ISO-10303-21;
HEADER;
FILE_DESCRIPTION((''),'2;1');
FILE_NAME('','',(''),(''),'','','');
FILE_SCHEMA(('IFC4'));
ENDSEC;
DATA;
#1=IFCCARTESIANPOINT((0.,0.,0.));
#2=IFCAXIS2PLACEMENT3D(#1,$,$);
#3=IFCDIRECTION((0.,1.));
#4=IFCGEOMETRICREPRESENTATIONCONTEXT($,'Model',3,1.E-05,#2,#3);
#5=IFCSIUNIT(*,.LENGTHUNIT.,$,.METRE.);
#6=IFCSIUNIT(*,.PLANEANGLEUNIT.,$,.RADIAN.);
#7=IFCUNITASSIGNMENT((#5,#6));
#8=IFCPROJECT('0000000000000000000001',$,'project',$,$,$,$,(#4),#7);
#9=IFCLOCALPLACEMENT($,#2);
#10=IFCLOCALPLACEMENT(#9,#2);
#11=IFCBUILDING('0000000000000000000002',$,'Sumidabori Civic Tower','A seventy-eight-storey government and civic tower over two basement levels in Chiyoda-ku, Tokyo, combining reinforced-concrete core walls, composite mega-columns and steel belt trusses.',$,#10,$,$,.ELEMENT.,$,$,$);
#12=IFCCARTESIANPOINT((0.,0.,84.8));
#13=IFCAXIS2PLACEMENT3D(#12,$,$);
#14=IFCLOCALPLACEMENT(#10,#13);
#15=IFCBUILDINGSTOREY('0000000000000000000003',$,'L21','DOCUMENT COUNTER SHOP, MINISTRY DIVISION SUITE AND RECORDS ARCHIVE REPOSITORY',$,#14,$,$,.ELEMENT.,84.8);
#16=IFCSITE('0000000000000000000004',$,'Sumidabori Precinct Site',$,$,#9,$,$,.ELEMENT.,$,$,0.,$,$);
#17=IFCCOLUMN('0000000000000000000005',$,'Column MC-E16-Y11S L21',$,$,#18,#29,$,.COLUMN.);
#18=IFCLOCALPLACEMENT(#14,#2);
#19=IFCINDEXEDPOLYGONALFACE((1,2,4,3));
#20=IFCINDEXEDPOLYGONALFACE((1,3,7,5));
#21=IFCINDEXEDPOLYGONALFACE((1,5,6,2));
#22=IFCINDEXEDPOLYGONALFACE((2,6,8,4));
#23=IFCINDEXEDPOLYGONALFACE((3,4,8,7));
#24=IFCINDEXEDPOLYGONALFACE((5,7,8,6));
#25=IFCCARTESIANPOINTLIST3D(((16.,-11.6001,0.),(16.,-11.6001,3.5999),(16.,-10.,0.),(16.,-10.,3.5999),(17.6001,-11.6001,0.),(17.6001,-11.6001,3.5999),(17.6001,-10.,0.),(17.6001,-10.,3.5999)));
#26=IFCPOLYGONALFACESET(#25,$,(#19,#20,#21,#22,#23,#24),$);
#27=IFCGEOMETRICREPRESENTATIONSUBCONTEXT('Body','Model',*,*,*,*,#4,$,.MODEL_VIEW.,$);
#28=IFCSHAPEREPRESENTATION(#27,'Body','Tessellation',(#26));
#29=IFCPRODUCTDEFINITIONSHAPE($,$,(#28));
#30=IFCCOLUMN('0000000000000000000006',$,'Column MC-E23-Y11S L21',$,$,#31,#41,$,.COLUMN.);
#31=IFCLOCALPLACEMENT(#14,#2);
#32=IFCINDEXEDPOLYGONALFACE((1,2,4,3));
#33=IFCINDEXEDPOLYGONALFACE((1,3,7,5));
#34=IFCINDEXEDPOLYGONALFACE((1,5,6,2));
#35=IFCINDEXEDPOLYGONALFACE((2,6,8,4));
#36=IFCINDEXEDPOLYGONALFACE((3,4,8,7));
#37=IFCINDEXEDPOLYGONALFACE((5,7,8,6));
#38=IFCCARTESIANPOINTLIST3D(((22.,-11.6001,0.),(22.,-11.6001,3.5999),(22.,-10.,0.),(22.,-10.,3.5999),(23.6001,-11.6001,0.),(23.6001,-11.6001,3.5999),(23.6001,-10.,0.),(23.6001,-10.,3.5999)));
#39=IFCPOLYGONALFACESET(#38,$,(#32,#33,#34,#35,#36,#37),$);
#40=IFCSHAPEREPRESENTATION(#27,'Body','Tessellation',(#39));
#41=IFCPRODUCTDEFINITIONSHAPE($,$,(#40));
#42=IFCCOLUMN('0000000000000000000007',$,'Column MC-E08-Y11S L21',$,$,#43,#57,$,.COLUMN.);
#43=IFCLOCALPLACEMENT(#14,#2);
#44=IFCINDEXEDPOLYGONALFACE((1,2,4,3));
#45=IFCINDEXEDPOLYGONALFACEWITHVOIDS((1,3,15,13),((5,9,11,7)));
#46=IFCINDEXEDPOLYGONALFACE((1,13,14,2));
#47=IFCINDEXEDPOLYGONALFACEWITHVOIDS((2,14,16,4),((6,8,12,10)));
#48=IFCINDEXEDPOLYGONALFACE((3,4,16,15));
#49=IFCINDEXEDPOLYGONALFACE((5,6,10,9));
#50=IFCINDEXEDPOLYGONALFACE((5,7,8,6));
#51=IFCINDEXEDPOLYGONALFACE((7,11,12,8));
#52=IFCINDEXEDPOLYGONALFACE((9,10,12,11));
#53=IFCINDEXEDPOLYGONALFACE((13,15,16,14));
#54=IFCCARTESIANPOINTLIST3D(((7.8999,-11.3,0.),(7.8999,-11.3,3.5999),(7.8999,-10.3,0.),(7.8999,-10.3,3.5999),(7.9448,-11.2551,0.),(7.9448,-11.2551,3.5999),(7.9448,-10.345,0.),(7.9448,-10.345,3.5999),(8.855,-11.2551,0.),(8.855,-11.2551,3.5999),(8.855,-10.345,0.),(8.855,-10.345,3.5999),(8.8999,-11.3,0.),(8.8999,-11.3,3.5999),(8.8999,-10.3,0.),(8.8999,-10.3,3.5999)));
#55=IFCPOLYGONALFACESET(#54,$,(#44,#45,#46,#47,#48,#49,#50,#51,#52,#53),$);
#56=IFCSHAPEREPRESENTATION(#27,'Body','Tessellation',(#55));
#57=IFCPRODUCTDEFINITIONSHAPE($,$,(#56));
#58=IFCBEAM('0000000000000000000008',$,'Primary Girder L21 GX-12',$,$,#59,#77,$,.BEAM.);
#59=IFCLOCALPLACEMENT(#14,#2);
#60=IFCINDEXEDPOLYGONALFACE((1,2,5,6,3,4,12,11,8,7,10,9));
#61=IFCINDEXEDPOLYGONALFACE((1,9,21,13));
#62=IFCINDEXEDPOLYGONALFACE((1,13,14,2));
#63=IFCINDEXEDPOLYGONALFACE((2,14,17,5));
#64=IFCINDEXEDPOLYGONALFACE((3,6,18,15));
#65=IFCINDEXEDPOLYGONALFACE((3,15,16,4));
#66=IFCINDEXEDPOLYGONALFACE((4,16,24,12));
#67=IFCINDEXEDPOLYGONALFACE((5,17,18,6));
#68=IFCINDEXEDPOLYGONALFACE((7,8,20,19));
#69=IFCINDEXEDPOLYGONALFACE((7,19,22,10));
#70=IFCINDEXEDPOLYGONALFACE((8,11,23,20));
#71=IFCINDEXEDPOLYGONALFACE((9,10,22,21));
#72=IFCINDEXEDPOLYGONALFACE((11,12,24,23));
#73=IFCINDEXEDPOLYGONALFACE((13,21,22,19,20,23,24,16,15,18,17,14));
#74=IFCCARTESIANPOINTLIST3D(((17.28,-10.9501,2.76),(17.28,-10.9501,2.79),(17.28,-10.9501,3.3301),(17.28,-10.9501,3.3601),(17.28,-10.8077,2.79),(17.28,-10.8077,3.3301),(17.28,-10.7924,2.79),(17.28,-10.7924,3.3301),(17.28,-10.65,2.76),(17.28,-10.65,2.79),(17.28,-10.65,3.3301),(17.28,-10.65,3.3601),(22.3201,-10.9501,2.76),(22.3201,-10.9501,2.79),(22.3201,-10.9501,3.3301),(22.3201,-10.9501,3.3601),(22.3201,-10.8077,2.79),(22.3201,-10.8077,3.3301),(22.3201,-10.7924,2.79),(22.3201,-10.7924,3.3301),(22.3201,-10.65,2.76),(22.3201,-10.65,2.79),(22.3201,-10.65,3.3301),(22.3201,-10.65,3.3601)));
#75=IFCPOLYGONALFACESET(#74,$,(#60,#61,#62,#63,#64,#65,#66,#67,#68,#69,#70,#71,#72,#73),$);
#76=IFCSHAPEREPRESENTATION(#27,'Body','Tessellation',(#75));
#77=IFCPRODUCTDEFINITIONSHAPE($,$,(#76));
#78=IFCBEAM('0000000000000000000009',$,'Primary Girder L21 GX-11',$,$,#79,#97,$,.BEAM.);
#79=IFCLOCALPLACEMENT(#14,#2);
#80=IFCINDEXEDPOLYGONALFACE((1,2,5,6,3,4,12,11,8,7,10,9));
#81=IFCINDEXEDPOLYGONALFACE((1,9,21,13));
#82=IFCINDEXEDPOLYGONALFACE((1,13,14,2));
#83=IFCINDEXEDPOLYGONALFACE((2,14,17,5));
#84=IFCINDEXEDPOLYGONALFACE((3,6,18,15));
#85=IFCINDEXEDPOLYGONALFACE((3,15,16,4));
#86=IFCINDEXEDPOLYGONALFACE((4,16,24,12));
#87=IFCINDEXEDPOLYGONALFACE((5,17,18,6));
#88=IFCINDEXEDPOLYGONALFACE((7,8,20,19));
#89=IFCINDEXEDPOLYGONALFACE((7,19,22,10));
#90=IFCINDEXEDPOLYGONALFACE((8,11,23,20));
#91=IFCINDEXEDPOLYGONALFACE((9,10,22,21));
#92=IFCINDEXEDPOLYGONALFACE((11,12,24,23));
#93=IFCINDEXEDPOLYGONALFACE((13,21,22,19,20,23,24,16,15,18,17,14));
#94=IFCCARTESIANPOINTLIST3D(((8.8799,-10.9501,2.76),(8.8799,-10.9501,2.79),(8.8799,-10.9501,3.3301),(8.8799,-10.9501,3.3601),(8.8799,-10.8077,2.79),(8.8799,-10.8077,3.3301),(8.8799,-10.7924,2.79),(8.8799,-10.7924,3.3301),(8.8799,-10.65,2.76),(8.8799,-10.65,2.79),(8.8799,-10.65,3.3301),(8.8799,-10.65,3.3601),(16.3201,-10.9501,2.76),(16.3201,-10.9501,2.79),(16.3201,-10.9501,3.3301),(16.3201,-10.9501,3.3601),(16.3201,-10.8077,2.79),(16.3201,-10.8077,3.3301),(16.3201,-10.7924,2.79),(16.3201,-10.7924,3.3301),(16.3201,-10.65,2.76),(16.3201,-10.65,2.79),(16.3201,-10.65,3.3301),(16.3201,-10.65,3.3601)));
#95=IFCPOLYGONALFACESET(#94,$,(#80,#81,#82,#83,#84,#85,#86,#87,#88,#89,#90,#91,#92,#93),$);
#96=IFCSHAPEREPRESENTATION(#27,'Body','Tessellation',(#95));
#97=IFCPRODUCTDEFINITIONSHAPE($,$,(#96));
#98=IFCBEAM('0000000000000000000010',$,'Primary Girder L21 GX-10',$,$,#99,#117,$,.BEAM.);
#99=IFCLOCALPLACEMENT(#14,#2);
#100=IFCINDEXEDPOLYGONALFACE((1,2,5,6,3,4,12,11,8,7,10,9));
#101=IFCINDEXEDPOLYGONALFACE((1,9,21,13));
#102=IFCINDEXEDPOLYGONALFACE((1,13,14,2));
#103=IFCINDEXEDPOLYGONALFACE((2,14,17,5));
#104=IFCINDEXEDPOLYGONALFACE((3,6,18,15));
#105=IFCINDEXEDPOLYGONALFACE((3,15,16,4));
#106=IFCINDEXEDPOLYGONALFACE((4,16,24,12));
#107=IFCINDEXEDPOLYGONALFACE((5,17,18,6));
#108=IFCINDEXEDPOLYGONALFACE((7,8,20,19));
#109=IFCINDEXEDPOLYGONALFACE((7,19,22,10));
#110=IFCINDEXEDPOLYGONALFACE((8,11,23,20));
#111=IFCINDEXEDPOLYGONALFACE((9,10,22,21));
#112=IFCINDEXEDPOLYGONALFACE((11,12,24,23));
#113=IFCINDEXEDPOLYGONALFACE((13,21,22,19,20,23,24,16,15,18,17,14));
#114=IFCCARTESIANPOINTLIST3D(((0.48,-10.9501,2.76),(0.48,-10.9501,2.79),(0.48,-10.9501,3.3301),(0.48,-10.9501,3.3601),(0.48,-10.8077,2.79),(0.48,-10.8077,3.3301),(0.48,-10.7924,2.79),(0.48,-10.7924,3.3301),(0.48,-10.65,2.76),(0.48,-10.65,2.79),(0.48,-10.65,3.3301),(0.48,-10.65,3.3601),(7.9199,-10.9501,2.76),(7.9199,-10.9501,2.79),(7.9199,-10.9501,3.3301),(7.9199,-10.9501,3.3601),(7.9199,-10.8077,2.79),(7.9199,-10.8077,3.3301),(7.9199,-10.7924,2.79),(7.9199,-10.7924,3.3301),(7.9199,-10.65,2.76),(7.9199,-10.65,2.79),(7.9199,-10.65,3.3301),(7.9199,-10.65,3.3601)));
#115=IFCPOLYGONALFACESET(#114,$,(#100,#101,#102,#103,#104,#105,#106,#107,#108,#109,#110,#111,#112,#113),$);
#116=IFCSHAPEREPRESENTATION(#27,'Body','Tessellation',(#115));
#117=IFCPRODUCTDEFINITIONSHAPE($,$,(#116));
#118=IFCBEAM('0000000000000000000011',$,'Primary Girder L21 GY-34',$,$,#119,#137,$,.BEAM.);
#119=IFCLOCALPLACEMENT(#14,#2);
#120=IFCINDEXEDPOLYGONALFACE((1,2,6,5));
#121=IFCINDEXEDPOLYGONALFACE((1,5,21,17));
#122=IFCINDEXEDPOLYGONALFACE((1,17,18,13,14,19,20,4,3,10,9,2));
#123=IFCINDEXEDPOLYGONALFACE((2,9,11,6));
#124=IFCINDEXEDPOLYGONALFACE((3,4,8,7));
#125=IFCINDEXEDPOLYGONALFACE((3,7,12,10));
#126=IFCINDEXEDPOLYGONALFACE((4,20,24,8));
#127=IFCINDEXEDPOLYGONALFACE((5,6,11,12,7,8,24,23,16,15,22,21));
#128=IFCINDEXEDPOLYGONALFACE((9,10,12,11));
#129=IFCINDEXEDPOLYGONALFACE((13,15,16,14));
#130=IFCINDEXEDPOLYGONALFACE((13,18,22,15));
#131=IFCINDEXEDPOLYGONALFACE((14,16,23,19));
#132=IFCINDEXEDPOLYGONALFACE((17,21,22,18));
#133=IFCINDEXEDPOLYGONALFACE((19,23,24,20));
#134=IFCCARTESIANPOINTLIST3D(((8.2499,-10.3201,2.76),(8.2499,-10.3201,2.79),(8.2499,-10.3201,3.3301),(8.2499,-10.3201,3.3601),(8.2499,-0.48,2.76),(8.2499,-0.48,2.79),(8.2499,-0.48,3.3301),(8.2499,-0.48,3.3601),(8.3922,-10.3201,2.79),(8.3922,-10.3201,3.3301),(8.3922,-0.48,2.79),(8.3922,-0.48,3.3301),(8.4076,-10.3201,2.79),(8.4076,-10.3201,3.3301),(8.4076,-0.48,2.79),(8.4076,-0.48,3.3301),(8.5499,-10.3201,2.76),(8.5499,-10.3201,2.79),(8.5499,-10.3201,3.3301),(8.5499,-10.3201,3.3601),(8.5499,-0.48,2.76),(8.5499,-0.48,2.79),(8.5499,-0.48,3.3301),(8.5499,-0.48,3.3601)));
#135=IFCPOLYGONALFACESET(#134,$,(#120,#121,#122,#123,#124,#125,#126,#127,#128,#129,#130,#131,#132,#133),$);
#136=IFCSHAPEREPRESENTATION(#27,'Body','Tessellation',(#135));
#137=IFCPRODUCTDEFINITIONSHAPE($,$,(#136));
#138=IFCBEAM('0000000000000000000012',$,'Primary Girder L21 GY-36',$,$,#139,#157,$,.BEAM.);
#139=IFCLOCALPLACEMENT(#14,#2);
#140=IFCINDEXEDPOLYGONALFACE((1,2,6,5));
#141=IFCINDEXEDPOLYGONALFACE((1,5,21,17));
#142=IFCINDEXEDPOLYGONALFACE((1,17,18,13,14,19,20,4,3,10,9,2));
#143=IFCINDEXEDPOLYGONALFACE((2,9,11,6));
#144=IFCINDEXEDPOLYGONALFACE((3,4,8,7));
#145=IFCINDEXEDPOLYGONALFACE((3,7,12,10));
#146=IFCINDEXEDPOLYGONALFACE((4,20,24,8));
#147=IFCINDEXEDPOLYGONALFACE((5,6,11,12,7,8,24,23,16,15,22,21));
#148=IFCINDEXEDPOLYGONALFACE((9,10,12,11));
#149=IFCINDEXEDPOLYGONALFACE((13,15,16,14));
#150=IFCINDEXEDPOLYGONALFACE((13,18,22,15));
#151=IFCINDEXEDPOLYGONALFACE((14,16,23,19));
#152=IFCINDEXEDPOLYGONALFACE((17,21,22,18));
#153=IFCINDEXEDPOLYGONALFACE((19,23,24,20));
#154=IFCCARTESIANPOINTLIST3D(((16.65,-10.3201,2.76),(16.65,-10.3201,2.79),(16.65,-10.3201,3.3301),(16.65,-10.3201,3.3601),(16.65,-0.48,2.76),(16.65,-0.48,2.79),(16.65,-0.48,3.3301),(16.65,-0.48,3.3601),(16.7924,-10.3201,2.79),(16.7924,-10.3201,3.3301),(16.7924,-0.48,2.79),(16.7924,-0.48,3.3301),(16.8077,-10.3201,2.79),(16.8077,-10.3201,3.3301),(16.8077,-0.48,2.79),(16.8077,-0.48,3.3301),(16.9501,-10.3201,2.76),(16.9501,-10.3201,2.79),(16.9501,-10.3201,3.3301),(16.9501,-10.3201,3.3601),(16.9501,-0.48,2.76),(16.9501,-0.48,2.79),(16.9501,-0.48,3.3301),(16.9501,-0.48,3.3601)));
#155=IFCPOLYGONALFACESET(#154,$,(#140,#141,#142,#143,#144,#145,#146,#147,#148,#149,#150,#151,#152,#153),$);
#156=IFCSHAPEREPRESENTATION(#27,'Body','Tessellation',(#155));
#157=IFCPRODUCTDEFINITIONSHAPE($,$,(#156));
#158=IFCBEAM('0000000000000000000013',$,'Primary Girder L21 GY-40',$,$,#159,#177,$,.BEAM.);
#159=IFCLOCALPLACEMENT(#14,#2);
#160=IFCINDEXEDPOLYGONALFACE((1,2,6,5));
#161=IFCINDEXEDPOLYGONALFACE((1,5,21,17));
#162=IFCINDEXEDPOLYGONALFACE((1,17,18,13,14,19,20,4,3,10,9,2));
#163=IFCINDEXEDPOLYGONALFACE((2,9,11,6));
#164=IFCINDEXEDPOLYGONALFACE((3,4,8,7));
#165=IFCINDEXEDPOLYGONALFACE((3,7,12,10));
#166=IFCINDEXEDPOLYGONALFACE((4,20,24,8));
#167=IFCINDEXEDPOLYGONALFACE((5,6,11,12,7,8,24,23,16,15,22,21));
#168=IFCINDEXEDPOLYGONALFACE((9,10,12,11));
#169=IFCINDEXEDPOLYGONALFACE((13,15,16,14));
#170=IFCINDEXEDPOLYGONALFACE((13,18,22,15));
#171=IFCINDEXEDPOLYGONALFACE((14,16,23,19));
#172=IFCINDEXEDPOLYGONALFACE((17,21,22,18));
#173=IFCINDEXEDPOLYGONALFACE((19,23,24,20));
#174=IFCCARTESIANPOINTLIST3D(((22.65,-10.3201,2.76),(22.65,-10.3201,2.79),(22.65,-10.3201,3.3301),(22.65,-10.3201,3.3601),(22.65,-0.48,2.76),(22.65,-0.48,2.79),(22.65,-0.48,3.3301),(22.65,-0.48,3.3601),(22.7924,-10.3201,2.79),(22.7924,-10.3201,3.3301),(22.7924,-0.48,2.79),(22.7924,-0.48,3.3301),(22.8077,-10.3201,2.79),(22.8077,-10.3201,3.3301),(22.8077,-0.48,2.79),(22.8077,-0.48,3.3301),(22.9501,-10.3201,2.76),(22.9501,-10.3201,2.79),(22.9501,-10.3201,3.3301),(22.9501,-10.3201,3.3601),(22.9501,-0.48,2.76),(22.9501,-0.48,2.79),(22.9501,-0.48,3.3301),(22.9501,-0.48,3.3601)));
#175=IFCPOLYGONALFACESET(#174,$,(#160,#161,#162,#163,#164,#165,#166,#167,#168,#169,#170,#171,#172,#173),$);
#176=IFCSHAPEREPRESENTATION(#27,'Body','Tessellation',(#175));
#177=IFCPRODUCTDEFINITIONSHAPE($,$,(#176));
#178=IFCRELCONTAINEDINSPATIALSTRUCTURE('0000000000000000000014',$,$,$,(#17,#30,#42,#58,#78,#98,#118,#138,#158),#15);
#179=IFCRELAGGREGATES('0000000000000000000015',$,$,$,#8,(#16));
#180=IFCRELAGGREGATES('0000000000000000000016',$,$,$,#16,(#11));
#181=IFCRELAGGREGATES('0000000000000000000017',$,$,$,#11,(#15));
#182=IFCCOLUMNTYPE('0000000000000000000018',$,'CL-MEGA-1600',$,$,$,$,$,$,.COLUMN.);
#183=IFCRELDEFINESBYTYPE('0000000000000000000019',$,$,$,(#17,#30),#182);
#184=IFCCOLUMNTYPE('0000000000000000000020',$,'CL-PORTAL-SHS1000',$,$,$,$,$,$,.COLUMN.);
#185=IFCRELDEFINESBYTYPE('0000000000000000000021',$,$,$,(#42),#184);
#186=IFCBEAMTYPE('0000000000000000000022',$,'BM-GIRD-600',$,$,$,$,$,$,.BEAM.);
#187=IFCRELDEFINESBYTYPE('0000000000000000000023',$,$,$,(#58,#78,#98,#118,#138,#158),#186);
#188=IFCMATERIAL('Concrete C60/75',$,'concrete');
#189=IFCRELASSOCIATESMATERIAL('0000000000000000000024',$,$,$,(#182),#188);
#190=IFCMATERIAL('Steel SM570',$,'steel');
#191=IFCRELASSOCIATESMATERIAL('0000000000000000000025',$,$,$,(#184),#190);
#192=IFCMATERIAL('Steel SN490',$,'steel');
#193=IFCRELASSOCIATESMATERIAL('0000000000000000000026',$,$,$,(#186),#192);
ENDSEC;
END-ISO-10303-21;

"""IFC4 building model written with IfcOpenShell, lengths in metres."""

from ifc_helpers import new_model, si_unit, direction, frame, origin, origin_2d, place, context, subcontext, project, spatial, rectangle, hollow_rectangle, i_section, extrude, source, transform, mapped, material, material_profile, profile_set, type_object, element, save


model = new_model("IFC4")

# Units and contexts
model_context = context("Model", 3, precision=1e-05, world=origin(), true_north=direction((0.0, 1.0)))
body_context = subcontext(model_context, "Body", "Model", "MODEL_VIEW")
ifc_project = project(units=[si_unit("LENGTHUNIT", "METRE"), si_unit("PLANEANGLEUNIT", "RADIAN")], contexts=[model_context])

# Site, building, storey
site_placement = place(None, origin())
site = spatial("IfcSite", under=ifc_project, at=site_placement, Name="Sumidabori Precinct Site", CompositionType="ELEMENT", RefElevation=0.0)
building_placement = place(site_placement, origin())
building = spatial("IfcBuilding", under=site, at=building_placement, Name="Sumidabori Civic Tower", Description="A seventy-eight-storey government and civic tower over two basement levels in Chiyoda-ku, Tokyo, combining reinforced-concrete core walls, composite mega-columns and steel belt trusses.", CompositionType="ELEMENT")
storey_placement = place(building_placement, frame((0.0, 0.0, 84.8)))
storey = spatial("IfcBuildingStorey", under=building, at=storey_placement, Name="L21", Description="DOCUMENT COUNTER SHOP, MINISTRY DIVISION SUITE AND RECORDS ARCHIVE REPOSITORY", CompositionType="ELEMENT", Elevation=84.8)

# Columns
ifc_material_1 = material(Name="Concrete C60/75", Category="concrete")
ifc_material_profile_1 = material_profile(ifc_material_1, rectangle(XDim=1.6001, YDim=1.6001, at=origin_2d()), Name="RC 1600x1600")
ifc_profile_set_1 = profile_set([ifc_material_profile_1], Name="Concrete C60/75")
column_type_1 = type_object("IfcColumnType", Name="CL-MEGA-1600", PredefinedType="COLUMN", material=ifc_profile_set_1)
shared_shape_1 = source(origin(), body_context, "Body", "SweptSolid", [
    extrude(rectangle(XDim=1.6001, YDim=1.6001, at=origin_2d()), origin(), (0.0, 0.0, 1.0), 3.5999),
])
for number, where, z_axis, x_axis, name in (
    (1, (16.8, -10.8, 0.0), (0.0, 0.0, 1.0), (1.0, 0.0, 0.0), "Column MC-E16-Y11S L21"),
    (2, (22.8, -10.8, 0.0), (0.0, 0.0, 1.0), (1.0, 0.0, 0.0), "Column MC-E23-Y11S L21"),
):
    element("IfcColumn", number, at=place(storey_placement, frame(where, z_axis=z_axis, x_axis=x_axis)), inside=storey, type_object=column_type_1, Name=name, PredefinedType="COLUMN", context=body_context, shape_type="MappedRepresentation", body=[
        mapped(shared_shape_1, transform((0.0, 0.0, 0.0), x_axis=(1.0, 0.0, 0.0), y_axis=(0.0, 1.0, 0.0), z_axis=(0.0, 0.0, 1.0), scale=1.0)),
    ])
ifc_material_2 = material(Name="Steel SM570", Category="steel")
ifc_material_profile_2 = material_profile(ifc_material_2, hollow_rectangle(XDim=1.0, YDim=1.0, WallThickness=0.0449, at=origin_2d()), Name="SHS 1000x1000x45")
ifc_profile_set_2 = profile_set([ifc_material_profile_2], Name="Steel SM570")
column_type_2 = type_object("IfcColumnType", Name="CL-PORTAL-SHS1000", PredefinedType="COLUMN", material=ifc_profile_set_2)
shared_shape_2 = source(origin(), body_context, "Body", "SweptSolid", [
    extrude(hollow_rectangle(XDim=1.0, YDim=1.0, WallThickness=0.0449, at=origin_2d()), origin(), (0.0, 0.0, 1.0), 3.5999),
])
column_placement = place(storey_placement, frame((8.3999, -10.8, 0.0), z_axis=(0.0, 0.0, 1.0), x_axis=(1.0, 0.0, 0.0)))
element("IfcColumn", 3, at=column_placement, inside=storey, type_object=column_type_2, Name="Column MC-E08-Y11S L21", PredefinedType="COLUMN", context=body_context, shape_type="MappedRepresentation", body=[
    mapped(shared_shape_2, transform((0.0, 0.0, 0.0), x_axis=(1.0, 0.0, 0.0), y_axis=(0.0, 1.0, 0.0), z_axis=(0.0, 0.0, 1.0), scale=1.0)),
])

# Beams
ifc_material_3 = material(Name="Steel SN490", Category="steel")
ifc_material_profile_3 = material_profile(ifc_material_3, i_section(OverallWidth=0.3, OverallDepth=0.6001, WebThickness=0.0154, FlangeThickness=0.03, at=origin_2d()), Name="HE 600 B")
ifc_profile_set_3 = profile_set([ifc_material_profile_3], Name="Steel SN490")
beam_type_1 = type_object("IfcBeamType", Name="BM-GIRD-600", PredefinedType="BEAM", material=ifc_profile_set_3)
shared_shape_3 = source(origin(), body_context, "Body", "SweptSolid", [
    extrude(i_section(OverallWidth=0.3, OverallDepth=0.6001, WebThickness=0.0154, FlangeThickness=0.03, at=origin_2d()), origin(), (0.0, 0.0, 1.0), 5.04),
])
beam_1_placement = place(storey_placement, frame((17.28, -10.8, 3.0601), z_axis=(1.0, 0.0, 0.0), x_axis=(0.0, 1.0, 0.0)))
element("IfcBeam", 4, at=beam_1_placement, inside=storey, type_object=beam_type_1, Name="Primary Girder L21 GX-12", PredefinedType="BEAM", context=body_context, shape_type="MappedRepresentation", body=[
    mapped(shared_shape_3, transform((0.0, 0.0, 0.0), x_axis=(1.0, 0.0, 0.0), y_axis=(0.0, 1.0, 0.0), z_axis=(0.0, 0.0, 1.0), scale=1.0)),
])
shared_shape_4 = source(origin(), body_context, "Body", "SweptSolid", [
    extrude(i_section(OverallWidth=0.3, OverallDepth=0.6001, WebThickness=0.0154, FlangeThickness=0.03, at=origin_2d()), origin(), (0.0, 0.0, 1.0), 7.4402),
])
beam_2_placement = place(storey_placement, frame((8.8799, -10.8, 3.0601), z_axis=(1.0, 0.0, 0.0), x_axis=(0.0, 1.0, 0.0)))
element("IfcBeam", 5, at=beam_2_placement, inside=storey, type_object=beam_type_1, Name="Primary Girder L21 GX-11", PredefinedType="BEAM", context=body_context, shape_type="MappedRepresentation", body=[
    mapped(shared_shape_4, transform((0.0, 0.0, 0.0), x_axis=(1.0, 0.0, 0.0), y_axis=(0.0, 1.0, 0.0), z_axis=(0.0, 0.0, 1.0), scale=1.0)),
])
shared_shape_5 = source(origin(), body_context, "Body", "SweptSolid", [
    extrude(i_section(OverallWidth=0.3, OverallDepth=0.6001, WebThickness=0.0154, FlangeThickness=0.03, at=origin_2d()), origin(), (0.0, 0.0, 1.0), 7.4399),
])
beam_3_placement = place(storey_placement, frame((0.48, -10.8, 3.0601), z_axis=(1.0, 0.0, 0.0), x_axis=(0.0, 1.0, 0.0)))
element("IfcBeam", 6, at=beam_3_placement, inside=storey, type_object=beam_type_1, Name="Primary Girder L21 GX-10", PredefinedType="BEAM", context=body_context, shape_type="MappedRepresentation", body=[
    mapped(shared_shape_5, transform((0.0, 0.0, 0.0), x_axis=(1.0, 0.0, 0.0), y_axis=(0.0, 1.0, 0.0), z_axis=(0.0, 0.0, 1.0), scale=1.0)),
])
shared_shape_6 = source(origin(), body_context, "Body", "SweptSolid", [
    extrude(i_section(OverallWidth=0.3, OverallDepth=0.6001, WebThickness=0.0154, FlangeThickness=0.03, at=origin_2d()), origin(), (0.0, 0.0, 1.0), 9.8401),
])
for number, where, z_axis, x_axis, name in (
    (7, (8.3999, -10.3201, 3.0601), (0.0, 1.0, 0.0), (-1.0, 0.0, 0.0), "Primary Girder L21 GY-34"),
    (8, (16.8, -10.3201, 3.0601), (0.0, 1.0, 0.0), (-1.0, 0.0, 0.0), "Primary Girder L21 GY-36"),
    (9, (22.8, -10.3201, 3.0601), (0.0, 1.0, 0.0), (-1.0, 0.0, 0.0), "Primary Girder L21 GY-40"),
):
    element("IfcBeam", number, at=place(storey_placement, frame(where, z_axis=z_axis, x_axis=x_axis)), inside=storey, type_object=beam_type_1, Name=name, PredefinedType="BEAM", context=body_context, shape_type="MappedRepresentation", body=[
        mapped(shared_shape_6, transform((0.0, 0.0, 0.0), x_axis=(1.0, 0.0, 0.0), y_axis=(0.0, 1.0, 0.0), z_axis=(0.0, 0.0, 1.0), scale=1.0)),
    ])

save(model, "model.ifc")
